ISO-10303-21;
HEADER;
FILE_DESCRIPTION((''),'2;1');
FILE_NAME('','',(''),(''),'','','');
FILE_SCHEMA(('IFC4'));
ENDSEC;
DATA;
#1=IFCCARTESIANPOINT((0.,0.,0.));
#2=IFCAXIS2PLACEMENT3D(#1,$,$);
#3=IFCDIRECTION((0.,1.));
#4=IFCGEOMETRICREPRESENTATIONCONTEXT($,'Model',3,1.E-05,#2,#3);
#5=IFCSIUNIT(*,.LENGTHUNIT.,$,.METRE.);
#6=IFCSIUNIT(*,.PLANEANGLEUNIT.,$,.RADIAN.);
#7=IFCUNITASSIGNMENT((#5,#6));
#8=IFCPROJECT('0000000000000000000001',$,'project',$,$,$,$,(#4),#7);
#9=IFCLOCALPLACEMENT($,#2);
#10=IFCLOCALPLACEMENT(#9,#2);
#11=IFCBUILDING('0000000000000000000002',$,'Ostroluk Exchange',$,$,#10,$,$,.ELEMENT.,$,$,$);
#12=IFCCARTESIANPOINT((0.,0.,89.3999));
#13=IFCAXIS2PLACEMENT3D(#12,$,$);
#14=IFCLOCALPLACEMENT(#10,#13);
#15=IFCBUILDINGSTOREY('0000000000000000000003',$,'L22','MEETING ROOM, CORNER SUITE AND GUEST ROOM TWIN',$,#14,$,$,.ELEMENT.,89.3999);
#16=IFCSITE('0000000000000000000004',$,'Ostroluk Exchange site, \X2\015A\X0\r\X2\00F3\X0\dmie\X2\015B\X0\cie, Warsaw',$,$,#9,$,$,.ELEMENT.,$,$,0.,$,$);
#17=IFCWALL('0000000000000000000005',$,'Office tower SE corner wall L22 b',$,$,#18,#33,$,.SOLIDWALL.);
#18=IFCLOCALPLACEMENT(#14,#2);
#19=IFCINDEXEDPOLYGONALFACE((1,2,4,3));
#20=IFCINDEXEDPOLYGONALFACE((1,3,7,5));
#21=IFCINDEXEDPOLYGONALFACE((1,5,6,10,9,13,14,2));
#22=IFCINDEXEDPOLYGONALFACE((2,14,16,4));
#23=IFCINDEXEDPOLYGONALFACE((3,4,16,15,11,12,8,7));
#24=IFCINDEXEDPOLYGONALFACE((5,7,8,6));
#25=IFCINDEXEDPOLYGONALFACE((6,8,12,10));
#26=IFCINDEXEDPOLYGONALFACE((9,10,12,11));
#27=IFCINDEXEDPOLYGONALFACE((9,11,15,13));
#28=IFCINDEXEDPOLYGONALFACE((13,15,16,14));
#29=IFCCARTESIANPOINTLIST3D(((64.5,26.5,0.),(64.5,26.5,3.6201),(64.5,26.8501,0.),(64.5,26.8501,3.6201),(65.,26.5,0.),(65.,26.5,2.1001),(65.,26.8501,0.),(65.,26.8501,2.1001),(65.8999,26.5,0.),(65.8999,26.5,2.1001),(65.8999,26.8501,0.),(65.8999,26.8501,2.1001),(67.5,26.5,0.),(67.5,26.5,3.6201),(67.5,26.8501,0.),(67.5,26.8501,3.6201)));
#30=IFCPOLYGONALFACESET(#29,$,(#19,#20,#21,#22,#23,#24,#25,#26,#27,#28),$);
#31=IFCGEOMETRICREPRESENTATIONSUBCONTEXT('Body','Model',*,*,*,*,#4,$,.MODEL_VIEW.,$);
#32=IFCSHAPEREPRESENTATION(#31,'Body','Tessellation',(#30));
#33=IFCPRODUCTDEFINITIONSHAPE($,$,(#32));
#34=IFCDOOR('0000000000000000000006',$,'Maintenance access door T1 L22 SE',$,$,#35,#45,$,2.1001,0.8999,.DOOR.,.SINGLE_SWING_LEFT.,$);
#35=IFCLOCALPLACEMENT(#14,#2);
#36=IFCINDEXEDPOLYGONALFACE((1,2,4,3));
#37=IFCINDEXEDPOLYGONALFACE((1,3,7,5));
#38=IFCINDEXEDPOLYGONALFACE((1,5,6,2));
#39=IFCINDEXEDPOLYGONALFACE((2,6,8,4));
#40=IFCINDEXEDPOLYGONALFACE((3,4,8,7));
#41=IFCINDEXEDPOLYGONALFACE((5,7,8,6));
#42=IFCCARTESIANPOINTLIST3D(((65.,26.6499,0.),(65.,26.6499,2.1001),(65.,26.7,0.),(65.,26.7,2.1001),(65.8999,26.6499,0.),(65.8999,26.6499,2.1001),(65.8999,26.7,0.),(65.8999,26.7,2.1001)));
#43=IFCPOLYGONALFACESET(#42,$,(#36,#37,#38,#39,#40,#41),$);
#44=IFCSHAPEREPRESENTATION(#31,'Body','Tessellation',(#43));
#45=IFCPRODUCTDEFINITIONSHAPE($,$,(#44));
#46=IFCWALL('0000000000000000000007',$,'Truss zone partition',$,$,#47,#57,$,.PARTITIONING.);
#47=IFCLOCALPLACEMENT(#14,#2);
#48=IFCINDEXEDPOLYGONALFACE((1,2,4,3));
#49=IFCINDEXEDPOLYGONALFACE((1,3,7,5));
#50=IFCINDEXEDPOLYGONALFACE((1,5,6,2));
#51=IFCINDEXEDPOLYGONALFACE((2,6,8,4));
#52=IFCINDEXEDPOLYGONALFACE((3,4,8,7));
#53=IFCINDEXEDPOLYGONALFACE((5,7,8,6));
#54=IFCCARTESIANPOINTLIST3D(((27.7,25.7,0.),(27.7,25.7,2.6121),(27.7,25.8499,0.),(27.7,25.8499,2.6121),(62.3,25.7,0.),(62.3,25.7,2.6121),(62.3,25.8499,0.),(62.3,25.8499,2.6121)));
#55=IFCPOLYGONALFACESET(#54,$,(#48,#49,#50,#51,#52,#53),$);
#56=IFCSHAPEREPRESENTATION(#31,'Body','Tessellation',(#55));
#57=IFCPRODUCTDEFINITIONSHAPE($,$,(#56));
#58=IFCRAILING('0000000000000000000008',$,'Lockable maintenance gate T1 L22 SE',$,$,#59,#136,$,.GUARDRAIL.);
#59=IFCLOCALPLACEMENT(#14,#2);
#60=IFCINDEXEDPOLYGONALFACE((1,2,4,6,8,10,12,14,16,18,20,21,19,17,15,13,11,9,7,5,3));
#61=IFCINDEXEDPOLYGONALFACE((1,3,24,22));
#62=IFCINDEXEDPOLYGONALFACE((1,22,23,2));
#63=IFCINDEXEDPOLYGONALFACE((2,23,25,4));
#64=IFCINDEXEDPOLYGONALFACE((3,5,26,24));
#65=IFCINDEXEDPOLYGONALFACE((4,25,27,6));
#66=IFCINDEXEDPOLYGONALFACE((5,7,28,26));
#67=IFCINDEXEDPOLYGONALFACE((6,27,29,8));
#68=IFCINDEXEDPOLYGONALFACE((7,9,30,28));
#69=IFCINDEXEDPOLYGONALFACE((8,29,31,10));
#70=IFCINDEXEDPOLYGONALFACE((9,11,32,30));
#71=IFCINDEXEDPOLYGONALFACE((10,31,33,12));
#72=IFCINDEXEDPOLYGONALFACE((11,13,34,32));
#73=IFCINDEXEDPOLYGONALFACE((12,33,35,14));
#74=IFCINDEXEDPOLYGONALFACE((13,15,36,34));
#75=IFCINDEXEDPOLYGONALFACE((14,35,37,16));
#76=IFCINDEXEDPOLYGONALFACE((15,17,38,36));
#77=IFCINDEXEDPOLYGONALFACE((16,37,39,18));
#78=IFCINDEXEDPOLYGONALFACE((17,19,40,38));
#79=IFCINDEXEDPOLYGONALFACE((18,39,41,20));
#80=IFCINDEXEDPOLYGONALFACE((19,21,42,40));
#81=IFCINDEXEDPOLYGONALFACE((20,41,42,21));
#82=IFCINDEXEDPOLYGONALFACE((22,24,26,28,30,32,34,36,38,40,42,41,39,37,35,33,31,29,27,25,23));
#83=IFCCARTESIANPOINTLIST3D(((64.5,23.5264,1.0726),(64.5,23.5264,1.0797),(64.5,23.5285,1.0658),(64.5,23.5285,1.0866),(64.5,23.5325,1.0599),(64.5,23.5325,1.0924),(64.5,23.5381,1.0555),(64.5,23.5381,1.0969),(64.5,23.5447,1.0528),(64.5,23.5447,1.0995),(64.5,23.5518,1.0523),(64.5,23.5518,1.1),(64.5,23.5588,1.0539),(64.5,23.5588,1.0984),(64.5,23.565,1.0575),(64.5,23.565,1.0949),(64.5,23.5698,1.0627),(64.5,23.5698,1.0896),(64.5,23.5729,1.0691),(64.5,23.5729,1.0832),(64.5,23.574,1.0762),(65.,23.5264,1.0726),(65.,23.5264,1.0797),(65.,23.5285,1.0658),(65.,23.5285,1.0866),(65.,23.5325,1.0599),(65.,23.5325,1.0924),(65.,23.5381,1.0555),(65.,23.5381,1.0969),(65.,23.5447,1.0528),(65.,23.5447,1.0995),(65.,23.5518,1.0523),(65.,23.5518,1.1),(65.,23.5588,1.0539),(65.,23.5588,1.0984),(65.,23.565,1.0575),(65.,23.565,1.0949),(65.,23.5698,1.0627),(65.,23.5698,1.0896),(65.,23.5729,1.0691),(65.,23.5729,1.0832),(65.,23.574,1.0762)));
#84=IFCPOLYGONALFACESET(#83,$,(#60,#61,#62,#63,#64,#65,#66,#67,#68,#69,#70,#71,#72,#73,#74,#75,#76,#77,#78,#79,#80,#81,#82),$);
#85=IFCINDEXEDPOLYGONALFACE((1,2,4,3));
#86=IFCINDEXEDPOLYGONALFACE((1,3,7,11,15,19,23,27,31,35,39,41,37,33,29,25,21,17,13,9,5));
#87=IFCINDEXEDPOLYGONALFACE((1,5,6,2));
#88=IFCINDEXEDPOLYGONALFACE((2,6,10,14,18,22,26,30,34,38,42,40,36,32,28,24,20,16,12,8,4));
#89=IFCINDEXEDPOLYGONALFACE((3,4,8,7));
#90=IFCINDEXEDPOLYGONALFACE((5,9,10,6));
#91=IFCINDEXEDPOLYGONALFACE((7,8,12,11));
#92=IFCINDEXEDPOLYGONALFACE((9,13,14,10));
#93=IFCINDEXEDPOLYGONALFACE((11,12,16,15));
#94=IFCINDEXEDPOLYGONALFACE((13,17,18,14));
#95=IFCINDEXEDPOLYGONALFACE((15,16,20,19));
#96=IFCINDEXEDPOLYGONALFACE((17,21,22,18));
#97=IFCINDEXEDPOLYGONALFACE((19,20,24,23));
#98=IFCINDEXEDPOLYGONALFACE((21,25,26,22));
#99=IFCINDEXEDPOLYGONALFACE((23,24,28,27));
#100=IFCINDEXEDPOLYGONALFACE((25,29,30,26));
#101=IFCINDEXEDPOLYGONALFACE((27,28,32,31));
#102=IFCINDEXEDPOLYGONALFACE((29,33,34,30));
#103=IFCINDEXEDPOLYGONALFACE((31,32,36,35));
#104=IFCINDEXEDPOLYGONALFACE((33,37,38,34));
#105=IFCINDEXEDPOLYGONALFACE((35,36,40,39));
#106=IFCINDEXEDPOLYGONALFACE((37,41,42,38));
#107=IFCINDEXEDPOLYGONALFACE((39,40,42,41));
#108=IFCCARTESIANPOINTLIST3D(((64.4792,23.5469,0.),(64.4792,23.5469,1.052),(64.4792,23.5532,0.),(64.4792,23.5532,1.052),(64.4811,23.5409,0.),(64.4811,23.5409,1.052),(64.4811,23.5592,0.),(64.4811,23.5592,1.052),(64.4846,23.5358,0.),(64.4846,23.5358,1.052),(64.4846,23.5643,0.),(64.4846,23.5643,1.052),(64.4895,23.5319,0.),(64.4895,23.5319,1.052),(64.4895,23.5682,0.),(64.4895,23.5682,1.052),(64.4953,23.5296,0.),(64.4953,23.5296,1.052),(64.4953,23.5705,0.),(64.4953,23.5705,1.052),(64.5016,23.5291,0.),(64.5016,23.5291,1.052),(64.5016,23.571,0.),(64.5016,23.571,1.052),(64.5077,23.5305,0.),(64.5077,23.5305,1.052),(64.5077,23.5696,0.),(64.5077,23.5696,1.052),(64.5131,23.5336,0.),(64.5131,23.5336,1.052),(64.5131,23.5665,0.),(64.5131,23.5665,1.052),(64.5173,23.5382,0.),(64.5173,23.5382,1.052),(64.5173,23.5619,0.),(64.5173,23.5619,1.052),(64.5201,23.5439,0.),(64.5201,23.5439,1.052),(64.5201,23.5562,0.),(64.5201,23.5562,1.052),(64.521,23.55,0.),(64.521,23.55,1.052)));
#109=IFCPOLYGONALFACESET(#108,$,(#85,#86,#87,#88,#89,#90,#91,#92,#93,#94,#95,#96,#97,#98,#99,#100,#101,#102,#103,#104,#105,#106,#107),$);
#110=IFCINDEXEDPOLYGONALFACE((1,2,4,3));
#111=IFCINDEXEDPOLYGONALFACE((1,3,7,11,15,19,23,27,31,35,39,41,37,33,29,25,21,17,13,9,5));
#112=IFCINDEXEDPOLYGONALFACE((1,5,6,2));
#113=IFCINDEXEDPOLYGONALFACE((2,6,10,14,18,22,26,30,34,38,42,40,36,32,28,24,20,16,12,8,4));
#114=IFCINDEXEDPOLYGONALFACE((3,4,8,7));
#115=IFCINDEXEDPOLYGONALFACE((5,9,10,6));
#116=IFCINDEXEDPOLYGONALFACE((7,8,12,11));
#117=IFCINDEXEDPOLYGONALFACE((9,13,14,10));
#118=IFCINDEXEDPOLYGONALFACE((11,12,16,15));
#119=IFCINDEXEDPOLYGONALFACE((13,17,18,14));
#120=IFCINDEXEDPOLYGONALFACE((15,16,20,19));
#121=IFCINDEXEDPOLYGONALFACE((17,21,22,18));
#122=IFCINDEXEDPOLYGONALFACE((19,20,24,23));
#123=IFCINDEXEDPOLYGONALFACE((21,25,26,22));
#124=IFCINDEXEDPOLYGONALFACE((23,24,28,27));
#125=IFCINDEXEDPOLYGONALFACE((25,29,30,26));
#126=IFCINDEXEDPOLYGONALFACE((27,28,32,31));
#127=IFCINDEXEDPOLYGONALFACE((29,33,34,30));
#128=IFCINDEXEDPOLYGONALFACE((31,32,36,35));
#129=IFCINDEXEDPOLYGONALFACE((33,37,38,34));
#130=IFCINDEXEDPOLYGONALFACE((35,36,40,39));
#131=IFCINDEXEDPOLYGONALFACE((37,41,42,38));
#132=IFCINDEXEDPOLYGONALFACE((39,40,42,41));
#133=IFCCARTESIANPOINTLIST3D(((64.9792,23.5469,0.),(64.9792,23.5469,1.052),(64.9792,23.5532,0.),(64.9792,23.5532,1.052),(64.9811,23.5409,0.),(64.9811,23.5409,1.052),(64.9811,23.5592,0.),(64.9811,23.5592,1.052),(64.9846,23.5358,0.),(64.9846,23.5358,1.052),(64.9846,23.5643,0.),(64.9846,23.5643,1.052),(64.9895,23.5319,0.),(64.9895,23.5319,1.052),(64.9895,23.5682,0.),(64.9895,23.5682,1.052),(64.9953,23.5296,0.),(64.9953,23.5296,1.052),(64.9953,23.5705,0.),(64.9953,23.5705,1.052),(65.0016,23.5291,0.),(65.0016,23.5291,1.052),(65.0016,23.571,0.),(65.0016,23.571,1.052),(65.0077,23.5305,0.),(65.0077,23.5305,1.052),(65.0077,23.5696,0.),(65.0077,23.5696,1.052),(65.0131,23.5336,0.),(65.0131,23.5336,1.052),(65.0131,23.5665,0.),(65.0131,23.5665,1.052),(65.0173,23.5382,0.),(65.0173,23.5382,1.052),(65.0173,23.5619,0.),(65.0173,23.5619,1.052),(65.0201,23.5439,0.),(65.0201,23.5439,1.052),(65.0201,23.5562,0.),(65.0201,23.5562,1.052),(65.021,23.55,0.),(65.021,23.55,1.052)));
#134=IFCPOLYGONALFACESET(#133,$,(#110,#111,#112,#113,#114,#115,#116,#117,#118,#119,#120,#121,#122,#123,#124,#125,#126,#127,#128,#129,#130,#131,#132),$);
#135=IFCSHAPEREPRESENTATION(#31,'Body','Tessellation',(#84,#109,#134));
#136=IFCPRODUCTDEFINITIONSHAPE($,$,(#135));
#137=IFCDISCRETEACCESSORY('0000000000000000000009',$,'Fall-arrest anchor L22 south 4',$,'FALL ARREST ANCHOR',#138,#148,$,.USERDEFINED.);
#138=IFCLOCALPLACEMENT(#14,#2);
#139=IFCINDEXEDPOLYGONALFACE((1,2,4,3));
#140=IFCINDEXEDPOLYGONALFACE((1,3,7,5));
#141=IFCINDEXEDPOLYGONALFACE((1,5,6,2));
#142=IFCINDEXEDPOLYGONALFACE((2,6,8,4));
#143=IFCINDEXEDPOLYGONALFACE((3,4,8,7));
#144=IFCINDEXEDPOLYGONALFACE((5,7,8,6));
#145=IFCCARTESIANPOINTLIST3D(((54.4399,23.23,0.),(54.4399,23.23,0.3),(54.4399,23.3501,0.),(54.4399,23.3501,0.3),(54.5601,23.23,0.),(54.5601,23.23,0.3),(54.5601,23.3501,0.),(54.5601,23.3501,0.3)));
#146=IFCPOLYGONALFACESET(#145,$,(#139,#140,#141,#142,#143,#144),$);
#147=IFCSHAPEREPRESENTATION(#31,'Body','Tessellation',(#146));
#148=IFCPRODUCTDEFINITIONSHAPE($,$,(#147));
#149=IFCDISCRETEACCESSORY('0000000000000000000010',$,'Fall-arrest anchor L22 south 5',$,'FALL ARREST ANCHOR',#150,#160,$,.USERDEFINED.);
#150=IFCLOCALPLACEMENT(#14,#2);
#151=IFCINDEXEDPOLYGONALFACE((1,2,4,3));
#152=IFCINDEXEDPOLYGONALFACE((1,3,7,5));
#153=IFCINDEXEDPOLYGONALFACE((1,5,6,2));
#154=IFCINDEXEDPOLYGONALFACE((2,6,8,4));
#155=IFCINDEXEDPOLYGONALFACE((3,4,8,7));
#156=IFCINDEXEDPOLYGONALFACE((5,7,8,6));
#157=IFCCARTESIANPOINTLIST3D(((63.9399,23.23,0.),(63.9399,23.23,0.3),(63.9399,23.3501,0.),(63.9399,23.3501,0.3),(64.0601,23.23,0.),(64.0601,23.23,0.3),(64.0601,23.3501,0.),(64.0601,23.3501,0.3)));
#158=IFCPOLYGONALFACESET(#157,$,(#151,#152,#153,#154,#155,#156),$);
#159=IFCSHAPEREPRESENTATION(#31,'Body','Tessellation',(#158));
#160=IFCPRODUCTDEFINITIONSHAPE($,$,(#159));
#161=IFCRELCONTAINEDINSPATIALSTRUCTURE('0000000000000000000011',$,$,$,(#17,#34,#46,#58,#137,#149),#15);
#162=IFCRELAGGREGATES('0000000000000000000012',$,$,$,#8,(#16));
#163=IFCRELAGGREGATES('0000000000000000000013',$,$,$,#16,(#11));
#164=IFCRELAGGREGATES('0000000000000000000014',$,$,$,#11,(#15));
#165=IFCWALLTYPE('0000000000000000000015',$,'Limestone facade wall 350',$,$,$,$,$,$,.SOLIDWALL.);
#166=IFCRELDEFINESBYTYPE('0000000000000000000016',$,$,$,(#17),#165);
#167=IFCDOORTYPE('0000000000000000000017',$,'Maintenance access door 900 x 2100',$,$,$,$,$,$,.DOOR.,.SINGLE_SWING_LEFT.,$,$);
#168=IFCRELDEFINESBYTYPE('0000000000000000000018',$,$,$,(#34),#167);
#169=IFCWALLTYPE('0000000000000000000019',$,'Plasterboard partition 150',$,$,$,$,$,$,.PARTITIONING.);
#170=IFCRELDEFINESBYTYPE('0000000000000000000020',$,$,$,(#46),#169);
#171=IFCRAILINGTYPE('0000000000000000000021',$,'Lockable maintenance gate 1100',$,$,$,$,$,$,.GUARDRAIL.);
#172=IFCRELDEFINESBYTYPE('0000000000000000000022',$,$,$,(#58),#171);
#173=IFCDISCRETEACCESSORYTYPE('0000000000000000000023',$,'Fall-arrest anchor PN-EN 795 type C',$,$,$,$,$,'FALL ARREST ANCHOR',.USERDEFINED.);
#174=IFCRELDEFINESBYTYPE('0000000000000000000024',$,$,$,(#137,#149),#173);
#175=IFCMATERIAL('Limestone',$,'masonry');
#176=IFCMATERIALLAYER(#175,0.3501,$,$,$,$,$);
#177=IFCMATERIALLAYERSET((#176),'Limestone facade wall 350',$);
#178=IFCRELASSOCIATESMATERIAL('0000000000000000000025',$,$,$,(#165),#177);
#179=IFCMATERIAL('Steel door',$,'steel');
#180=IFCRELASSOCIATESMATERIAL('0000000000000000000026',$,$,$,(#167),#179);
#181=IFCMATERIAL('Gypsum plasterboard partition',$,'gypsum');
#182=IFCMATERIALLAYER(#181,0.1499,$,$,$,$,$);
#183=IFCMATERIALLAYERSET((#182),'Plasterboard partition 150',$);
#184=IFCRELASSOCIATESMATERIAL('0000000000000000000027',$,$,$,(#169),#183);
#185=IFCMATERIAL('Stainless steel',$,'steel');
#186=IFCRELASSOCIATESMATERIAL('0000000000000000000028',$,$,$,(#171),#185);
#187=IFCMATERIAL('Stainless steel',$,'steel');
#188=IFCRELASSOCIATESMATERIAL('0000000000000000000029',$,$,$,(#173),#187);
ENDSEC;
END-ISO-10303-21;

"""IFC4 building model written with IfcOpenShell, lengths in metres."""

from ifc_helpers import new_model, si_unit, direction, frame, frame_2d, origin, origin_2d, place, context, subcontext, project, spatial, rectangle, circle, extrude, material, layer, layer_set, type_object, element, fill, save


model = new_model("IFC4")

# Units and contexts
model_context = context("Model", 3, precision=1e-05, world=origin(), true_north=direction((0.0, 1.0)))
body_context = subcontext(model_context, "Body", "Model", "MODEL_VIEW")
ifc_project = project(units=[si_unit("LENGTHUNIT", "METRE"), si_unit("PLANEANGLEUNIT", "RADIAN")], contexts=[model_context])

# Site, building, storey
site_placement = place(None, origin())
site = spatial("IfcSite", under=ifc_project, at=site_placement, Name="Ostroluk Exchange site, Śródmieście, Warsaw", CompositionType="ELEMENT", RefElevation=0.0)
building_placement = place(site_placement, origin())
building = spatial("IfcBuilding", under=site, at=building_placement, Name="Ostroluk Exchange", CompositionType="ELEMENT")
storey_placement = place(building_placement, frame((0.0, 0.0, 89.3999)))
storey = spatial("IfcBuildingStorey", under=building, at=storey_placement, Name="L22", Description="MEETING ROOM, CORNER SUITE AND GUEST ROOM TWIN", CompositionType="ELEMENT", Elevation=89.3999)

# Wall, opening, door
ifc_material_1 = material(Name="Limestone", Category="masonry")
ifc_layer_1 = layer(ifc_material_1, 0.3501)
ifc_layer_set_1 = layer_set([ifc_layer_1], Name="Limestone facade wall 350")
wall_type_1 = type_object("IfcWallType", Name="Limestone facade wall 350", PredefinedType="SOLIDWALL", material=ifc_layer_set_1)
wall_1_placement = place(storey_placement, frame((64.5, 26.675, 0.0), z_axis=(0.0, 0.0, 1.0), x_axis=(1.0, 0.0, 0.0)))
wall_1 = element("IfcWall", 1, at=wall_1_placement, inside=storey, type_object=wall_type_1, Name="Office tower SE corner wall L22 b", PredefinedType="SOLIDWALL", context=body_context, shape_type="SweptSolid", body=[
    extrude(rectangle(XDim=3.0, YDim=0.3501, at=frame_2d((1.5, 0.0))), origin(), (0.0, 0.0, 1.0), 3.6201),
])
opening_1_placement = place(wall_1_placement, frame((0.5, 0.0, 0.0)))
opening_1 = element("IfcOpeningElement", 2, at=opening_1_placement, cuts=wall_1, PredefinedType="OPENING", context=body_context, shape_type="SweptSolid", body=[
    extrude(rectangle(XDim=0.8999, YDim=2.1001, at=frame_2d((0.45, 1.05))), frame((0.0, 0.1851, 0.0), z_axis=(0.0, -1.0, 0.0), x_axis=(1.0, 0.0, 0.0)), (0.0, 0.0, 1.0), 0.3701),
])
ifc_material_2 = material(Name="Steel door", Category="steel")
door_type_1 = type_object("IfcDoorType", Name="Maintenance access door 900 x 2100", OperationType="SINGLE_SWING_LEFT", PredefinedType="DOOR", material=ifc_material_2)
door_1_placement = place(opening_1_placement, origin())
door_1 = element("IfcDoor", 3, at=door_1_placement, inside=storey, type_object=door_type_1, Name="Maintenance access door T1 L22 SE", OperationType="SINGLE_SWING_LEFT", OverallHeight=2.1001, OverallWidth=0.8999, PredefinedType="DOOR", context=body_context, shape_type="SweptSolid", body=[
    extrude(rectangle(XDim=0.8999, YDim=2.1001, at=frame_2d((0.45, 1.05))), frame((0.0, 0.0249, 0.0), z_axis=(0.0, -1.0, 0.0), x_axis=(1.0, 0.0, 0.0)), (0.0, 0.0, 1.0), 0.05),
])
fill(opening_1, door_1)

# Wall
ifc_material_3 = material(Name="Gypsum plasterboard partition", Category="gypsum")
ifc_layer_2 = layer(ifc_material_3, 0.1499)
ifc_layer_set_2 = layer_set([ifc_layer_2], Name="Plasterboard partition 150")
wall_type_2 = type_object("IfcWallType", Name="Plasterboard partition 150", PredefinedType="PARTITIONING", material=ifc_layer_set_2)
wall_2_placement = place(storey_placement, frame((62.3, 25.7749, 0.0), z_axis=(0.0, 0.0, 1.0), x_axis=(-1.0, 0.0, 0.0)))
element("IfcWall", 4, at=wall_2_placement, inside=storey, type_object=wall_type_2, Name="Truss zone partition", PredefinedType="PARTITIONING", context=body_context, shape_type="SweptSolid", body=[
    extrude(rectangle(XDim=34.6001, YDim=0.1499, at=frame_2d((17.3, 0.0))), origin(), (0.0, 0.0, 1.0), 2.6121),
])

# Railing
ifc_material_4 = material(Name="Stainless steel", Category="steel")
railing_type_1 = type_object("IfcRailingType", Name="Lockable maintenance gate 1100", PredefinedType="GUARDRAIL", material=ifc_material_4)
railing_1_placement = place(storey_placement, frame((64.5, 23.55, 0.0)))
element("IfcRailing", 5, at=railing_1_placement, inside=storey, type_object=railing_type_1, Name="Lockable maintenance gate T1 L22 SE", PredefinedType="GUARDRAIL", context=body_context, shape_type="SweptSolid", body=[
    extrude(circle(Radius=0.0239, at=origin_2d()), frame((0.0, 0.0, 1.0762), z_axis=(1.0, 0.0, 0.0), x_axis=(0.0, 1.0, 0.0)), (0.0, 0.0, 1.0), 0.5),
    extrude(circle(Radius=0.021, at=origin_2d()), origin(), (0.0, 0.0, 1.0), 1.052),
    extrude(circle(Radius=0.021, at=origin_2d()), frame((0.5, 0.0, 0.0)), (0.0, 0.0, 1.0), 1.052),
])

# Discrete accessories
ifc_material_5 = material(Name="Stainless steel", Category="steel")
discrete_accessory_type = type_object("IfcDiscreteAccessoryType", Name="Fall-arrest anchor PN-EN 795 type C", ElementType="FALL ARREST ANCHOR", PredefinedType="USERDEFINED", material=ifc_material_5)
for number, where, z_axis, x_axis, name in (
    (6, (54.5, 23.29, 0.0), (0.0, 0.0, 1.0), (1.0, 0.0, 0.0), "Fall-arrest anchor L22 south 4"),
    (7, (64.0, 23.29, 0.0), (0.0, 0.0, 1.0), (1.0, 0.0, 0.0), "Fall-arrest anchor L22 south 5"),
):
    element("IfcDiscreteAccessory", number, at=place(storey_placement, frame(where, z_axis=z_axis, x_axis=x_axis)), inside=storey, type_object=discrete_accessory_type, Name=name, ObjectType="FALL ARREST ANCHOR", PredefinedType="USERDEFINED", context=body_context, shape_type="SweptSolid", body=[
        extrude(rectangle(XDim=0.1201, YDim=0.1201, at=origin_2d()), origin(), (0.0, 0.0, 1.0), 0.3),
    ])

save(model, "model.ifc")
